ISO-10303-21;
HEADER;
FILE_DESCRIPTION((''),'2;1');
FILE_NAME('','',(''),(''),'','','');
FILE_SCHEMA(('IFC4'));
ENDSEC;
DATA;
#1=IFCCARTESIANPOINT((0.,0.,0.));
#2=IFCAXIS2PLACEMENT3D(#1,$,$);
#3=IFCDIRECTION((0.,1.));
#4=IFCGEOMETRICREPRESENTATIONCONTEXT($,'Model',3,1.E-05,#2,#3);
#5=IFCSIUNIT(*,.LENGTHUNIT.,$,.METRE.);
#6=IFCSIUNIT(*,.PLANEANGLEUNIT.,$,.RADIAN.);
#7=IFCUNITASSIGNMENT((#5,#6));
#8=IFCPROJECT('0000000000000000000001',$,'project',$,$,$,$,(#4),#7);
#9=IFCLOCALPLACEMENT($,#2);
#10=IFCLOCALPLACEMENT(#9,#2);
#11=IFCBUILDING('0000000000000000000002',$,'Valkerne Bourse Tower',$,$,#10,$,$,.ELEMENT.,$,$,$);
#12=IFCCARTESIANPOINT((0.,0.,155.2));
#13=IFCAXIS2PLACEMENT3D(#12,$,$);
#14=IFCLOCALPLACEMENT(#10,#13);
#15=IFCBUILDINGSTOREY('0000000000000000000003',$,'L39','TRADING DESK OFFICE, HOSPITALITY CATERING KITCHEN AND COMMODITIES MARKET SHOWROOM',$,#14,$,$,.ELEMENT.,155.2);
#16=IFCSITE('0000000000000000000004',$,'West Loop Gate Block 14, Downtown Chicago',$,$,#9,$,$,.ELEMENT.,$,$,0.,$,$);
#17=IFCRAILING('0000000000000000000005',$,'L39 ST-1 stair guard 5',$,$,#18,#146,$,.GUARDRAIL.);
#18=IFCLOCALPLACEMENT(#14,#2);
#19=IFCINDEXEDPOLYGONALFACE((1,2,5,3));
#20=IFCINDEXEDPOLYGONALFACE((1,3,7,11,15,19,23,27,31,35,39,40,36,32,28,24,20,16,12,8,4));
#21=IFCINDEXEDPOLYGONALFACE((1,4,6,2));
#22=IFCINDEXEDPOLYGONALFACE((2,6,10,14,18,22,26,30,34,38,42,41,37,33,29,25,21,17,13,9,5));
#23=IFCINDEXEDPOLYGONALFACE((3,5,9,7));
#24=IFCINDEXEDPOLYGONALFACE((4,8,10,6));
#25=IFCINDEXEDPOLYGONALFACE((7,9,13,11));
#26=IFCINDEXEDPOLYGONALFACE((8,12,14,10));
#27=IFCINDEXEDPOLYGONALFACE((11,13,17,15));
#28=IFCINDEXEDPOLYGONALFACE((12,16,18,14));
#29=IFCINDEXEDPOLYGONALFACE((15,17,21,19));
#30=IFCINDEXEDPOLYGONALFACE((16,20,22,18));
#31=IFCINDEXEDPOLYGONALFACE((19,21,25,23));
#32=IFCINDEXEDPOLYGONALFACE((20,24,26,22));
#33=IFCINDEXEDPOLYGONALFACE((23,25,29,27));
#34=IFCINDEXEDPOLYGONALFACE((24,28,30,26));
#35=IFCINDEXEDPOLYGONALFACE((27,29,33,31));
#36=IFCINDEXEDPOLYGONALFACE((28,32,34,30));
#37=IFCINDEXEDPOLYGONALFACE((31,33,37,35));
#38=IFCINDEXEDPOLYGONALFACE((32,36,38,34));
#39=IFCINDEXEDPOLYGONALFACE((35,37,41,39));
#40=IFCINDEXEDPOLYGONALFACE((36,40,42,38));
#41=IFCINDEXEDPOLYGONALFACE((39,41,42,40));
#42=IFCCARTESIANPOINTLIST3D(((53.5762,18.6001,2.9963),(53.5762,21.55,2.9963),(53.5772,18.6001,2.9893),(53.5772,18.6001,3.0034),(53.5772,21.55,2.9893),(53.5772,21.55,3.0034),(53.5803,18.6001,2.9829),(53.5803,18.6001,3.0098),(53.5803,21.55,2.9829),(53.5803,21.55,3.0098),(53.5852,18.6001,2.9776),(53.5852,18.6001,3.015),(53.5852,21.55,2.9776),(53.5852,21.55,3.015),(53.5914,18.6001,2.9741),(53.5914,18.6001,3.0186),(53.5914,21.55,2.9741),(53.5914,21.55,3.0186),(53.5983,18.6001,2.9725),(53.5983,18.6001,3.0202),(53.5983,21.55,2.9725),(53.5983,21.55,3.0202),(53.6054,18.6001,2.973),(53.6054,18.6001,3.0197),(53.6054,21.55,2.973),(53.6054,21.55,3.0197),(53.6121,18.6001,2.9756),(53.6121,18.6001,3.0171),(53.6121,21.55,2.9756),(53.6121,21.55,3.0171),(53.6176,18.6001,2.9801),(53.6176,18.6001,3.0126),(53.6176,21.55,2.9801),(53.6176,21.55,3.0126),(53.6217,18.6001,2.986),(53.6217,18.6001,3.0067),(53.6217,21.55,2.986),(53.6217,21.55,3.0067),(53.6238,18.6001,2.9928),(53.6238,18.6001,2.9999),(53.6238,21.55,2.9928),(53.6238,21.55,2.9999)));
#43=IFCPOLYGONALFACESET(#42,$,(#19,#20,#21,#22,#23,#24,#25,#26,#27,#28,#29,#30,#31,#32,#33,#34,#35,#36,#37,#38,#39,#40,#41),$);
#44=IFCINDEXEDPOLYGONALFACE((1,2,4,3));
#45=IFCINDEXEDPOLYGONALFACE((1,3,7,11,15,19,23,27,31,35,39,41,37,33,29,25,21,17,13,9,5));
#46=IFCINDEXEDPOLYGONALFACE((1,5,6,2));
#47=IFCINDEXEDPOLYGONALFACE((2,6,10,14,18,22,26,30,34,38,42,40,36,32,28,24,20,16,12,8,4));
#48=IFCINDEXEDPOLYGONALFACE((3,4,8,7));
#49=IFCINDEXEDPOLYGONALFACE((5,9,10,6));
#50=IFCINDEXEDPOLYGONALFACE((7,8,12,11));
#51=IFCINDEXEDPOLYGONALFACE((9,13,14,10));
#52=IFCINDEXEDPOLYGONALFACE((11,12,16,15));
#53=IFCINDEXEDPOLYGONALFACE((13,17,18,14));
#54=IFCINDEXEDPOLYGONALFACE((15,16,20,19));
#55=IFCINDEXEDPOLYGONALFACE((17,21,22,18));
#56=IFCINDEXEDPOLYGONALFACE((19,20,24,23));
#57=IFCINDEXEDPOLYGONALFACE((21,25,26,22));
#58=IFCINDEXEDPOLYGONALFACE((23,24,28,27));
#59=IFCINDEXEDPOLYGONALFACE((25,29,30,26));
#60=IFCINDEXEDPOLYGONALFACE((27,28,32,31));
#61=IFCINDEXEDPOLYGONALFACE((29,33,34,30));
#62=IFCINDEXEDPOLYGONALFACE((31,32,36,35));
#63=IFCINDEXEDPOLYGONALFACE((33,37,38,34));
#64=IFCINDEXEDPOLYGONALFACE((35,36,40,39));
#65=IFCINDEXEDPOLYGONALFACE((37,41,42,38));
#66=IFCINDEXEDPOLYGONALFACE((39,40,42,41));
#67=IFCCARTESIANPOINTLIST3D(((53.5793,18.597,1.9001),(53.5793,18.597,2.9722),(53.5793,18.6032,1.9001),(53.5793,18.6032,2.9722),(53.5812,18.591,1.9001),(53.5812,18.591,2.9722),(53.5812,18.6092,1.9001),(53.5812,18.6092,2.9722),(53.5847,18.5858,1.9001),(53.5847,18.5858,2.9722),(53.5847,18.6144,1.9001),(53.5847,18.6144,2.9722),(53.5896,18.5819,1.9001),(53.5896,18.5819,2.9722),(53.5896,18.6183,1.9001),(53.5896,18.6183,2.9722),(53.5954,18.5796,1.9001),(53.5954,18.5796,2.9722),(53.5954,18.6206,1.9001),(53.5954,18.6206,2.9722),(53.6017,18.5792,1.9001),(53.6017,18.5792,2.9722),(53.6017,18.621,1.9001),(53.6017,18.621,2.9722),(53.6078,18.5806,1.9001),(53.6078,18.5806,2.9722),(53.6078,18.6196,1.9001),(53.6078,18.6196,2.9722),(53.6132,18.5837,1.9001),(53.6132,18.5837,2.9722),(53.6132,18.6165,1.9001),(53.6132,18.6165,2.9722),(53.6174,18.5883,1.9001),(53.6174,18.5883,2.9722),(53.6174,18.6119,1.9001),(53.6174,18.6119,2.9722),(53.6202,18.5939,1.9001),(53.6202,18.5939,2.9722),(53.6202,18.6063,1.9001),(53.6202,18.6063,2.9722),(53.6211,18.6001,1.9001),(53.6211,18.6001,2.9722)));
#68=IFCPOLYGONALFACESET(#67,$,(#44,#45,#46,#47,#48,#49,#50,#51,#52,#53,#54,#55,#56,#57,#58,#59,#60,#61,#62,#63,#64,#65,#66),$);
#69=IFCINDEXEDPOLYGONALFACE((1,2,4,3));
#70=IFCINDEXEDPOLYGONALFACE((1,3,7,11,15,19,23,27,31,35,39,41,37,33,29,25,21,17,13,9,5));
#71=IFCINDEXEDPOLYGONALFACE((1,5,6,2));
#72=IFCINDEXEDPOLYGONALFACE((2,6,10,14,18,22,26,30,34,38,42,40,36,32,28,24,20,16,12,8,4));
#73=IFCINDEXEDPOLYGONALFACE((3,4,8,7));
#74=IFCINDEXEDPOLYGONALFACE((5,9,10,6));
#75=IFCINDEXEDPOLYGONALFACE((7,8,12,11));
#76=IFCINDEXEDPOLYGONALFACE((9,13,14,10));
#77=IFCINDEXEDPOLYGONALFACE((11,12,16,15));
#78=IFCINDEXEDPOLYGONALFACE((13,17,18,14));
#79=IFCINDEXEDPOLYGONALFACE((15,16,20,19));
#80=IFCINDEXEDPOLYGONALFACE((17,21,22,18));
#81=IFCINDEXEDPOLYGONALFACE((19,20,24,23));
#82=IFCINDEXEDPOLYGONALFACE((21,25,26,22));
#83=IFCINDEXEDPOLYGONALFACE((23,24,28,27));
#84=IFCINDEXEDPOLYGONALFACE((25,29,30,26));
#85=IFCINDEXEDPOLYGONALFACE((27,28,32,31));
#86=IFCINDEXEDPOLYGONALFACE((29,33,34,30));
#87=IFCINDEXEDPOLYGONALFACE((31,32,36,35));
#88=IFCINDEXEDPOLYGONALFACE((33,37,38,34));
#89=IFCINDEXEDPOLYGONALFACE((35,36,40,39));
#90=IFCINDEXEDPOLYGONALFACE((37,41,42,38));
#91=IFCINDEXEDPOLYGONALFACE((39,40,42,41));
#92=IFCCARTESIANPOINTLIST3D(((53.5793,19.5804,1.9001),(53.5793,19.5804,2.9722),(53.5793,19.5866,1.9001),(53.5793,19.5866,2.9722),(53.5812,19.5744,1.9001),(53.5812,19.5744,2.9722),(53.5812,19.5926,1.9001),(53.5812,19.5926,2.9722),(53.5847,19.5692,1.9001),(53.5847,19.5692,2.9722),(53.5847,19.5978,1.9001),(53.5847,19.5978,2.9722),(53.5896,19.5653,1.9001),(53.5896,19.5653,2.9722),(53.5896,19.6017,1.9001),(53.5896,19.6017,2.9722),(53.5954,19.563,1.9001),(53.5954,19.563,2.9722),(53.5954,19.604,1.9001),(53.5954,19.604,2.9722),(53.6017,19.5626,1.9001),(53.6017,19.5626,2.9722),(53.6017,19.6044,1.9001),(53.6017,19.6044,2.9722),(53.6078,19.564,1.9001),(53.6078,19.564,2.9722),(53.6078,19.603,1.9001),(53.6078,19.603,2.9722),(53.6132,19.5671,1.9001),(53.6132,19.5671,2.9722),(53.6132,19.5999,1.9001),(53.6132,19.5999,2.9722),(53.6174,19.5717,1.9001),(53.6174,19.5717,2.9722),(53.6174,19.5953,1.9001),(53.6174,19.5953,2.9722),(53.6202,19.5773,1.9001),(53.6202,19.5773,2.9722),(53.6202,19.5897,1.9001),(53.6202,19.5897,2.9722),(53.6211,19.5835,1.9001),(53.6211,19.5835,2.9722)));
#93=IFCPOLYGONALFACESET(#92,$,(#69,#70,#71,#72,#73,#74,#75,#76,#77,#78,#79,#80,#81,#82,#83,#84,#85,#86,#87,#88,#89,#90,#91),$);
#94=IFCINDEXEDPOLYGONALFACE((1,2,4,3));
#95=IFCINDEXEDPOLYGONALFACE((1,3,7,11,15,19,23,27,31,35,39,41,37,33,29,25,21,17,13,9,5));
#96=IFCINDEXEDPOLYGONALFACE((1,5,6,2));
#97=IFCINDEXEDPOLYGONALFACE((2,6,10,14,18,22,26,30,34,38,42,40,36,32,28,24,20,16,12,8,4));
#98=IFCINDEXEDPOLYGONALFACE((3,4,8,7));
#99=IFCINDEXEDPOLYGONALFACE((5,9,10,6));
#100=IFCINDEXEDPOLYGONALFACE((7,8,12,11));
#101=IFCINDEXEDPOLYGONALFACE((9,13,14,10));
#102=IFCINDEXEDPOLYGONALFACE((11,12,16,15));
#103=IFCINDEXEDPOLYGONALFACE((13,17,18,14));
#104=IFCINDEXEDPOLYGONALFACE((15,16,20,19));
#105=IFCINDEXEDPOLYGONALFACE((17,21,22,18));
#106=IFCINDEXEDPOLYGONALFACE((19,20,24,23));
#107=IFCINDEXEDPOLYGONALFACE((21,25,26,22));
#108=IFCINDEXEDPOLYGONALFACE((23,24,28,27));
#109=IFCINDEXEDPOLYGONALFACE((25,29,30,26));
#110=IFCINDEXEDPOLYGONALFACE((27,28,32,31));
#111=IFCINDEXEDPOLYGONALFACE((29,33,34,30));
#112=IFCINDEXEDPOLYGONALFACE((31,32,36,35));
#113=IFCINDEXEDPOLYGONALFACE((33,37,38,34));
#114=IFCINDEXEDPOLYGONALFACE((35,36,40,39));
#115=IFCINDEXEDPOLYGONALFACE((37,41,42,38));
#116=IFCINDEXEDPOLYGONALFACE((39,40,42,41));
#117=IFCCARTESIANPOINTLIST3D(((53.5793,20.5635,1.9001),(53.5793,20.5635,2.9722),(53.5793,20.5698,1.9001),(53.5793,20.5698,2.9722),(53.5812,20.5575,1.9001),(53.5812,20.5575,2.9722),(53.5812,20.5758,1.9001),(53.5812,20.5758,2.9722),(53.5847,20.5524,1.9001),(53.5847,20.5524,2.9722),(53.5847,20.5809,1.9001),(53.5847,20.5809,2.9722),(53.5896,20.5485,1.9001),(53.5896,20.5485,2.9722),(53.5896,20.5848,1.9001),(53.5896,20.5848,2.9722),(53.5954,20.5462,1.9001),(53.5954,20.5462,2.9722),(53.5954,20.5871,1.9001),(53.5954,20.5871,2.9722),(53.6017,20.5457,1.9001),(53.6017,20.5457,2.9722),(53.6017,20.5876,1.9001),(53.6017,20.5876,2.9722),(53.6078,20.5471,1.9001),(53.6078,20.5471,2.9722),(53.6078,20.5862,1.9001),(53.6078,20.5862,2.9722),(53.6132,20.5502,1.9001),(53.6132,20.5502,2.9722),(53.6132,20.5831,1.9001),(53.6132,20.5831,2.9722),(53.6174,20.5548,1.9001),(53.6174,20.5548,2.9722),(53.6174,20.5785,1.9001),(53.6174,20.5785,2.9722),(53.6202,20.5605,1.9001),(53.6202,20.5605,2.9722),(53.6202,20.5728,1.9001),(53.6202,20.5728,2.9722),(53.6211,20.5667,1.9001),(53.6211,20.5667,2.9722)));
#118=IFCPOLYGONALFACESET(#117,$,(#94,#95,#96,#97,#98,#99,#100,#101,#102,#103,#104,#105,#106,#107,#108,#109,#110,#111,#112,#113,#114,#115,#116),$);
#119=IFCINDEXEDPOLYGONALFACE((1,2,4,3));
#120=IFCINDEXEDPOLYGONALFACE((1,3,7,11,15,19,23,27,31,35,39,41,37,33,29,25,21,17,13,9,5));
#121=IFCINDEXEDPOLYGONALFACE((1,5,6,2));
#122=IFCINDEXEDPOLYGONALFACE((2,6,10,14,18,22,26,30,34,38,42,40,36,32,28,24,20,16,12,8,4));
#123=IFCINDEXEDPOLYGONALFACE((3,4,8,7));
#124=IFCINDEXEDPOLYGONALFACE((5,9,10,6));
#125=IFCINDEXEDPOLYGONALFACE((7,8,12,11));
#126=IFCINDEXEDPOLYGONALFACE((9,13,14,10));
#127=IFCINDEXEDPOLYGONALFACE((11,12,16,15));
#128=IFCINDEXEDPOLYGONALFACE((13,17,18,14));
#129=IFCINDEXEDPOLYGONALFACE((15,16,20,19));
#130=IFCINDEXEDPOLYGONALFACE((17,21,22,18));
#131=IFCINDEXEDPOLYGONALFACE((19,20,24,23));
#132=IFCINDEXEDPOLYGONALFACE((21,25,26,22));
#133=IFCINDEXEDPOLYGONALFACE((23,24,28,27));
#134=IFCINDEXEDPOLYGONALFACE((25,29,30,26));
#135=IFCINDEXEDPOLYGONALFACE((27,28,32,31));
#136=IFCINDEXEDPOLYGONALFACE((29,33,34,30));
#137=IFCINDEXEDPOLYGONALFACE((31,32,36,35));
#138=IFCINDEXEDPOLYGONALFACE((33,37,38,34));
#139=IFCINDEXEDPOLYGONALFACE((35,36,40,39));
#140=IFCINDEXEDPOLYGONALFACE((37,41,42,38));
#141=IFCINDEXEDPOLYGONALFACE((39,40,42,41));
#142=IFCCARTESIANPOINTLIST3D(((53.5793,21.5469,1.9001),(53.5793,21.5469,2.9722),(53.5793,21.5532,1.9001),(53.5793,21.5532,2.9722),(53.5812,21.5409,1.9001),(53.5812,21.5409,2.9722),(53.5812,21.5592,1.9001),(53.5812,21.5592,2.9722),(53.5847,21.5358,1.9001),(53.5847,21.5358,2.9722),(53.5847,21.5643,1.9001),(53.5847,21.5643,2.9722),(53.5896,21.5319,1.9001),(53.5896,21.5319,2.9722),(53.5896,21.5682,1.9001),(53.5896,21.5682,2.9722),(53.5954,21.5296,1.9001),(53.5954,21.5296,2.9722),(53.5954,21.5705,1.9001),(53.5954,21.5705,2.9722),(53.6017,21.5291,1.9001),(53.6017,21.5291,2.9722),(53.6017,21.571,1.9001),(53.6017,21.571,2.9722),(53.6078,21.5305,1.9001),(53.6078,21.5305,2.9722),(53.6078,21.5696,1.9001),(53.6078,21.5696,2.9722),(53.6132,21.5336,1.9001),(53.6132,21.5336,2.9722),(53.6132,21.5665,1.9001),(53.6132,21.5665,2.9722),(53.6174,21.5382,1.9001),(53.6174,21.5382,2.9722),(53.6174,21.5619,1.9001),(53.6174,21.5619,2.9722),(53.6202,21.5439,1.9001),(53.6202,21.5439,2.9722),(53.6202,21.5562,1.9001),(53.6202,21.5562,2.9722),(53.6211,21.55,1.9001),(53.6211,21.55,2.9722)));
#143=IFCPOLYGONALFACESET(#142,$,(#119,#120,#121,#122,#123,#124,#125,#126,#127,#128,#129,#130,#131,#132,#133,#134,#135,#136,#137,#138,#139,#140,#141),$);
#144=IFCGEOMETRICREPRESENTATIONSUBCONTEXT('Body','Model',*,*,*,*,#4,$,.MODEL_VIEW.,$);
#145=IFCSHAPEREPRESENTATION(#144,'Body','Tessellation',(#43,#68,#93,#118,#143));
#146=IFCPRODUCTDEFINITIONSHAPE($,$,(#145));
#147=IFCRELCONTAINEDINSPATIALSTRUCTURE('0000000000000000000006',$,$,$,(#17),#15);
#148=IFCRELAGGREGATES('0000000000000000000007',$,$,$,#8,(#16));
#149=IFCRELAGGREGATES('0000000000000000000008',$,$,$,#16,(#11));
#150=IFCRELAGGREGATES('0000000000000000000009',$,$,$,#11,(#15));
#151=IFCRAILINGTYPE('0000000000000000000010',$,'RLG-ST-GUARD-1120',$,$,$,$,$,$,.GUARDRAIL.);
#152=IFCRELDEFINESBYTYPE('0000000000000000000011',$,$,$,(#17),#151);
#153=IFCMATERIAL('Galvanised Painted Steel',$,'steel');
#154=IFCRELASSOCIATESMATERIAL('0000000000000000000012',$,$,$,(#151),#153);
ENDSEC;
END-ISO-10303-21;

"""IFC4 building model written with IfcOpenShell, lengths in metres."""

from ifc_helpers import new_model, si_unit, direction, frame, origin, origin_2d, place, context, subcontext, project, spatial, circle, extrude, material, type_object, element, save


model = new_model("IFC4")

# Units and contexts
model_context = context("Model", 3, precision=1e-05, world=origin(), true_north=direction((0.0, 1.0)))
body_context = subcontext(model_context, "Body", "Model", "MODEL_VIEW")
ifc_project = project(units=[si_unit("LENGTHUNIT", "METRE"), si_unit("PLANEANGLEUNIT", "RADIAN")], contexts=[model_context])

# Site, building, storey
site_placement = place(None, origin())
site = spatial("IfcSite", under=ifc_project, at=site_placement, Name="West Loop Gate Block 14, Downtown Chicago", CompositionType="ELEMENT", RefElevation=0.0)
building_placement = place(site_placement, origin())
building = spatial("IfcBuilding", under=site, at=building_placement, Name="Valkerne Bourse Tower", CompositionType="ELEMENT")
storey_placement = place(building_placement, frame((0.0, 0.0, 155.2)))
storey = spatial("IfcBuildingStorey", under=building, at=storey_placement, Name="L39", Description="TRADING DESK OFFICE, HOSPITALITY CATERING KITCHEN AND COMMODITIES MARKET SHOWROOM", CompositionType="ELEMENT", Elevation=155.2)

# Railing
ifc_material_1 = material(Name="Galvanised Painted Steel", Category="steel")
railing_type = type_object("IfcRailingType", Name="RLG-ST-GUARD-1120", PredefinedType="GUARDRAIL", material=ifc_material_1)
railing_1_placement = place(storey_placement, frame((53.6001, 18.6001, 1.9001)))
element("IfcRailing", 1, at=railing_1_placement, inside=storey, type_object=railing_type, Name="L39 ST-1 stair guard 5", PredefinedType="GUARDRAIL", context=body_context, shape_type="SweptSolid", body=[
    extrude(circle(Radius=0.0239, at=origin_2d()), frame((0.0, 0.0, 1.0962), z_axis=(0.0, 1.0, 0.0), x_axis=(-1.0, 0.0, 0.0)), (0.0, 0.0, 1.0), 2.95),
    extrude(circle(Radius=0.021, at=origin_2d()), origin(), (0.0, 0.0, 1.0), 1.072),
    extrude(circle(Radius=0.021, at=origin_2d()), frame((0.0, 0.9834, 0.0)), (0.0, 0.0, 1.0), 1.072),
    extrude(circle(Radius=0.021, at=origin_2d()), frame((0.0, 1.9666, 0.0)), (0.0, 0.0, 1.0), 1.072),
    extrude(circle(Radius=0.021, at=origin_2d()), frame((0.0, 2.95, 0.0)), (0.0, 0.0, 1.0), 1.072),
])

save(model, "model.ifc")
